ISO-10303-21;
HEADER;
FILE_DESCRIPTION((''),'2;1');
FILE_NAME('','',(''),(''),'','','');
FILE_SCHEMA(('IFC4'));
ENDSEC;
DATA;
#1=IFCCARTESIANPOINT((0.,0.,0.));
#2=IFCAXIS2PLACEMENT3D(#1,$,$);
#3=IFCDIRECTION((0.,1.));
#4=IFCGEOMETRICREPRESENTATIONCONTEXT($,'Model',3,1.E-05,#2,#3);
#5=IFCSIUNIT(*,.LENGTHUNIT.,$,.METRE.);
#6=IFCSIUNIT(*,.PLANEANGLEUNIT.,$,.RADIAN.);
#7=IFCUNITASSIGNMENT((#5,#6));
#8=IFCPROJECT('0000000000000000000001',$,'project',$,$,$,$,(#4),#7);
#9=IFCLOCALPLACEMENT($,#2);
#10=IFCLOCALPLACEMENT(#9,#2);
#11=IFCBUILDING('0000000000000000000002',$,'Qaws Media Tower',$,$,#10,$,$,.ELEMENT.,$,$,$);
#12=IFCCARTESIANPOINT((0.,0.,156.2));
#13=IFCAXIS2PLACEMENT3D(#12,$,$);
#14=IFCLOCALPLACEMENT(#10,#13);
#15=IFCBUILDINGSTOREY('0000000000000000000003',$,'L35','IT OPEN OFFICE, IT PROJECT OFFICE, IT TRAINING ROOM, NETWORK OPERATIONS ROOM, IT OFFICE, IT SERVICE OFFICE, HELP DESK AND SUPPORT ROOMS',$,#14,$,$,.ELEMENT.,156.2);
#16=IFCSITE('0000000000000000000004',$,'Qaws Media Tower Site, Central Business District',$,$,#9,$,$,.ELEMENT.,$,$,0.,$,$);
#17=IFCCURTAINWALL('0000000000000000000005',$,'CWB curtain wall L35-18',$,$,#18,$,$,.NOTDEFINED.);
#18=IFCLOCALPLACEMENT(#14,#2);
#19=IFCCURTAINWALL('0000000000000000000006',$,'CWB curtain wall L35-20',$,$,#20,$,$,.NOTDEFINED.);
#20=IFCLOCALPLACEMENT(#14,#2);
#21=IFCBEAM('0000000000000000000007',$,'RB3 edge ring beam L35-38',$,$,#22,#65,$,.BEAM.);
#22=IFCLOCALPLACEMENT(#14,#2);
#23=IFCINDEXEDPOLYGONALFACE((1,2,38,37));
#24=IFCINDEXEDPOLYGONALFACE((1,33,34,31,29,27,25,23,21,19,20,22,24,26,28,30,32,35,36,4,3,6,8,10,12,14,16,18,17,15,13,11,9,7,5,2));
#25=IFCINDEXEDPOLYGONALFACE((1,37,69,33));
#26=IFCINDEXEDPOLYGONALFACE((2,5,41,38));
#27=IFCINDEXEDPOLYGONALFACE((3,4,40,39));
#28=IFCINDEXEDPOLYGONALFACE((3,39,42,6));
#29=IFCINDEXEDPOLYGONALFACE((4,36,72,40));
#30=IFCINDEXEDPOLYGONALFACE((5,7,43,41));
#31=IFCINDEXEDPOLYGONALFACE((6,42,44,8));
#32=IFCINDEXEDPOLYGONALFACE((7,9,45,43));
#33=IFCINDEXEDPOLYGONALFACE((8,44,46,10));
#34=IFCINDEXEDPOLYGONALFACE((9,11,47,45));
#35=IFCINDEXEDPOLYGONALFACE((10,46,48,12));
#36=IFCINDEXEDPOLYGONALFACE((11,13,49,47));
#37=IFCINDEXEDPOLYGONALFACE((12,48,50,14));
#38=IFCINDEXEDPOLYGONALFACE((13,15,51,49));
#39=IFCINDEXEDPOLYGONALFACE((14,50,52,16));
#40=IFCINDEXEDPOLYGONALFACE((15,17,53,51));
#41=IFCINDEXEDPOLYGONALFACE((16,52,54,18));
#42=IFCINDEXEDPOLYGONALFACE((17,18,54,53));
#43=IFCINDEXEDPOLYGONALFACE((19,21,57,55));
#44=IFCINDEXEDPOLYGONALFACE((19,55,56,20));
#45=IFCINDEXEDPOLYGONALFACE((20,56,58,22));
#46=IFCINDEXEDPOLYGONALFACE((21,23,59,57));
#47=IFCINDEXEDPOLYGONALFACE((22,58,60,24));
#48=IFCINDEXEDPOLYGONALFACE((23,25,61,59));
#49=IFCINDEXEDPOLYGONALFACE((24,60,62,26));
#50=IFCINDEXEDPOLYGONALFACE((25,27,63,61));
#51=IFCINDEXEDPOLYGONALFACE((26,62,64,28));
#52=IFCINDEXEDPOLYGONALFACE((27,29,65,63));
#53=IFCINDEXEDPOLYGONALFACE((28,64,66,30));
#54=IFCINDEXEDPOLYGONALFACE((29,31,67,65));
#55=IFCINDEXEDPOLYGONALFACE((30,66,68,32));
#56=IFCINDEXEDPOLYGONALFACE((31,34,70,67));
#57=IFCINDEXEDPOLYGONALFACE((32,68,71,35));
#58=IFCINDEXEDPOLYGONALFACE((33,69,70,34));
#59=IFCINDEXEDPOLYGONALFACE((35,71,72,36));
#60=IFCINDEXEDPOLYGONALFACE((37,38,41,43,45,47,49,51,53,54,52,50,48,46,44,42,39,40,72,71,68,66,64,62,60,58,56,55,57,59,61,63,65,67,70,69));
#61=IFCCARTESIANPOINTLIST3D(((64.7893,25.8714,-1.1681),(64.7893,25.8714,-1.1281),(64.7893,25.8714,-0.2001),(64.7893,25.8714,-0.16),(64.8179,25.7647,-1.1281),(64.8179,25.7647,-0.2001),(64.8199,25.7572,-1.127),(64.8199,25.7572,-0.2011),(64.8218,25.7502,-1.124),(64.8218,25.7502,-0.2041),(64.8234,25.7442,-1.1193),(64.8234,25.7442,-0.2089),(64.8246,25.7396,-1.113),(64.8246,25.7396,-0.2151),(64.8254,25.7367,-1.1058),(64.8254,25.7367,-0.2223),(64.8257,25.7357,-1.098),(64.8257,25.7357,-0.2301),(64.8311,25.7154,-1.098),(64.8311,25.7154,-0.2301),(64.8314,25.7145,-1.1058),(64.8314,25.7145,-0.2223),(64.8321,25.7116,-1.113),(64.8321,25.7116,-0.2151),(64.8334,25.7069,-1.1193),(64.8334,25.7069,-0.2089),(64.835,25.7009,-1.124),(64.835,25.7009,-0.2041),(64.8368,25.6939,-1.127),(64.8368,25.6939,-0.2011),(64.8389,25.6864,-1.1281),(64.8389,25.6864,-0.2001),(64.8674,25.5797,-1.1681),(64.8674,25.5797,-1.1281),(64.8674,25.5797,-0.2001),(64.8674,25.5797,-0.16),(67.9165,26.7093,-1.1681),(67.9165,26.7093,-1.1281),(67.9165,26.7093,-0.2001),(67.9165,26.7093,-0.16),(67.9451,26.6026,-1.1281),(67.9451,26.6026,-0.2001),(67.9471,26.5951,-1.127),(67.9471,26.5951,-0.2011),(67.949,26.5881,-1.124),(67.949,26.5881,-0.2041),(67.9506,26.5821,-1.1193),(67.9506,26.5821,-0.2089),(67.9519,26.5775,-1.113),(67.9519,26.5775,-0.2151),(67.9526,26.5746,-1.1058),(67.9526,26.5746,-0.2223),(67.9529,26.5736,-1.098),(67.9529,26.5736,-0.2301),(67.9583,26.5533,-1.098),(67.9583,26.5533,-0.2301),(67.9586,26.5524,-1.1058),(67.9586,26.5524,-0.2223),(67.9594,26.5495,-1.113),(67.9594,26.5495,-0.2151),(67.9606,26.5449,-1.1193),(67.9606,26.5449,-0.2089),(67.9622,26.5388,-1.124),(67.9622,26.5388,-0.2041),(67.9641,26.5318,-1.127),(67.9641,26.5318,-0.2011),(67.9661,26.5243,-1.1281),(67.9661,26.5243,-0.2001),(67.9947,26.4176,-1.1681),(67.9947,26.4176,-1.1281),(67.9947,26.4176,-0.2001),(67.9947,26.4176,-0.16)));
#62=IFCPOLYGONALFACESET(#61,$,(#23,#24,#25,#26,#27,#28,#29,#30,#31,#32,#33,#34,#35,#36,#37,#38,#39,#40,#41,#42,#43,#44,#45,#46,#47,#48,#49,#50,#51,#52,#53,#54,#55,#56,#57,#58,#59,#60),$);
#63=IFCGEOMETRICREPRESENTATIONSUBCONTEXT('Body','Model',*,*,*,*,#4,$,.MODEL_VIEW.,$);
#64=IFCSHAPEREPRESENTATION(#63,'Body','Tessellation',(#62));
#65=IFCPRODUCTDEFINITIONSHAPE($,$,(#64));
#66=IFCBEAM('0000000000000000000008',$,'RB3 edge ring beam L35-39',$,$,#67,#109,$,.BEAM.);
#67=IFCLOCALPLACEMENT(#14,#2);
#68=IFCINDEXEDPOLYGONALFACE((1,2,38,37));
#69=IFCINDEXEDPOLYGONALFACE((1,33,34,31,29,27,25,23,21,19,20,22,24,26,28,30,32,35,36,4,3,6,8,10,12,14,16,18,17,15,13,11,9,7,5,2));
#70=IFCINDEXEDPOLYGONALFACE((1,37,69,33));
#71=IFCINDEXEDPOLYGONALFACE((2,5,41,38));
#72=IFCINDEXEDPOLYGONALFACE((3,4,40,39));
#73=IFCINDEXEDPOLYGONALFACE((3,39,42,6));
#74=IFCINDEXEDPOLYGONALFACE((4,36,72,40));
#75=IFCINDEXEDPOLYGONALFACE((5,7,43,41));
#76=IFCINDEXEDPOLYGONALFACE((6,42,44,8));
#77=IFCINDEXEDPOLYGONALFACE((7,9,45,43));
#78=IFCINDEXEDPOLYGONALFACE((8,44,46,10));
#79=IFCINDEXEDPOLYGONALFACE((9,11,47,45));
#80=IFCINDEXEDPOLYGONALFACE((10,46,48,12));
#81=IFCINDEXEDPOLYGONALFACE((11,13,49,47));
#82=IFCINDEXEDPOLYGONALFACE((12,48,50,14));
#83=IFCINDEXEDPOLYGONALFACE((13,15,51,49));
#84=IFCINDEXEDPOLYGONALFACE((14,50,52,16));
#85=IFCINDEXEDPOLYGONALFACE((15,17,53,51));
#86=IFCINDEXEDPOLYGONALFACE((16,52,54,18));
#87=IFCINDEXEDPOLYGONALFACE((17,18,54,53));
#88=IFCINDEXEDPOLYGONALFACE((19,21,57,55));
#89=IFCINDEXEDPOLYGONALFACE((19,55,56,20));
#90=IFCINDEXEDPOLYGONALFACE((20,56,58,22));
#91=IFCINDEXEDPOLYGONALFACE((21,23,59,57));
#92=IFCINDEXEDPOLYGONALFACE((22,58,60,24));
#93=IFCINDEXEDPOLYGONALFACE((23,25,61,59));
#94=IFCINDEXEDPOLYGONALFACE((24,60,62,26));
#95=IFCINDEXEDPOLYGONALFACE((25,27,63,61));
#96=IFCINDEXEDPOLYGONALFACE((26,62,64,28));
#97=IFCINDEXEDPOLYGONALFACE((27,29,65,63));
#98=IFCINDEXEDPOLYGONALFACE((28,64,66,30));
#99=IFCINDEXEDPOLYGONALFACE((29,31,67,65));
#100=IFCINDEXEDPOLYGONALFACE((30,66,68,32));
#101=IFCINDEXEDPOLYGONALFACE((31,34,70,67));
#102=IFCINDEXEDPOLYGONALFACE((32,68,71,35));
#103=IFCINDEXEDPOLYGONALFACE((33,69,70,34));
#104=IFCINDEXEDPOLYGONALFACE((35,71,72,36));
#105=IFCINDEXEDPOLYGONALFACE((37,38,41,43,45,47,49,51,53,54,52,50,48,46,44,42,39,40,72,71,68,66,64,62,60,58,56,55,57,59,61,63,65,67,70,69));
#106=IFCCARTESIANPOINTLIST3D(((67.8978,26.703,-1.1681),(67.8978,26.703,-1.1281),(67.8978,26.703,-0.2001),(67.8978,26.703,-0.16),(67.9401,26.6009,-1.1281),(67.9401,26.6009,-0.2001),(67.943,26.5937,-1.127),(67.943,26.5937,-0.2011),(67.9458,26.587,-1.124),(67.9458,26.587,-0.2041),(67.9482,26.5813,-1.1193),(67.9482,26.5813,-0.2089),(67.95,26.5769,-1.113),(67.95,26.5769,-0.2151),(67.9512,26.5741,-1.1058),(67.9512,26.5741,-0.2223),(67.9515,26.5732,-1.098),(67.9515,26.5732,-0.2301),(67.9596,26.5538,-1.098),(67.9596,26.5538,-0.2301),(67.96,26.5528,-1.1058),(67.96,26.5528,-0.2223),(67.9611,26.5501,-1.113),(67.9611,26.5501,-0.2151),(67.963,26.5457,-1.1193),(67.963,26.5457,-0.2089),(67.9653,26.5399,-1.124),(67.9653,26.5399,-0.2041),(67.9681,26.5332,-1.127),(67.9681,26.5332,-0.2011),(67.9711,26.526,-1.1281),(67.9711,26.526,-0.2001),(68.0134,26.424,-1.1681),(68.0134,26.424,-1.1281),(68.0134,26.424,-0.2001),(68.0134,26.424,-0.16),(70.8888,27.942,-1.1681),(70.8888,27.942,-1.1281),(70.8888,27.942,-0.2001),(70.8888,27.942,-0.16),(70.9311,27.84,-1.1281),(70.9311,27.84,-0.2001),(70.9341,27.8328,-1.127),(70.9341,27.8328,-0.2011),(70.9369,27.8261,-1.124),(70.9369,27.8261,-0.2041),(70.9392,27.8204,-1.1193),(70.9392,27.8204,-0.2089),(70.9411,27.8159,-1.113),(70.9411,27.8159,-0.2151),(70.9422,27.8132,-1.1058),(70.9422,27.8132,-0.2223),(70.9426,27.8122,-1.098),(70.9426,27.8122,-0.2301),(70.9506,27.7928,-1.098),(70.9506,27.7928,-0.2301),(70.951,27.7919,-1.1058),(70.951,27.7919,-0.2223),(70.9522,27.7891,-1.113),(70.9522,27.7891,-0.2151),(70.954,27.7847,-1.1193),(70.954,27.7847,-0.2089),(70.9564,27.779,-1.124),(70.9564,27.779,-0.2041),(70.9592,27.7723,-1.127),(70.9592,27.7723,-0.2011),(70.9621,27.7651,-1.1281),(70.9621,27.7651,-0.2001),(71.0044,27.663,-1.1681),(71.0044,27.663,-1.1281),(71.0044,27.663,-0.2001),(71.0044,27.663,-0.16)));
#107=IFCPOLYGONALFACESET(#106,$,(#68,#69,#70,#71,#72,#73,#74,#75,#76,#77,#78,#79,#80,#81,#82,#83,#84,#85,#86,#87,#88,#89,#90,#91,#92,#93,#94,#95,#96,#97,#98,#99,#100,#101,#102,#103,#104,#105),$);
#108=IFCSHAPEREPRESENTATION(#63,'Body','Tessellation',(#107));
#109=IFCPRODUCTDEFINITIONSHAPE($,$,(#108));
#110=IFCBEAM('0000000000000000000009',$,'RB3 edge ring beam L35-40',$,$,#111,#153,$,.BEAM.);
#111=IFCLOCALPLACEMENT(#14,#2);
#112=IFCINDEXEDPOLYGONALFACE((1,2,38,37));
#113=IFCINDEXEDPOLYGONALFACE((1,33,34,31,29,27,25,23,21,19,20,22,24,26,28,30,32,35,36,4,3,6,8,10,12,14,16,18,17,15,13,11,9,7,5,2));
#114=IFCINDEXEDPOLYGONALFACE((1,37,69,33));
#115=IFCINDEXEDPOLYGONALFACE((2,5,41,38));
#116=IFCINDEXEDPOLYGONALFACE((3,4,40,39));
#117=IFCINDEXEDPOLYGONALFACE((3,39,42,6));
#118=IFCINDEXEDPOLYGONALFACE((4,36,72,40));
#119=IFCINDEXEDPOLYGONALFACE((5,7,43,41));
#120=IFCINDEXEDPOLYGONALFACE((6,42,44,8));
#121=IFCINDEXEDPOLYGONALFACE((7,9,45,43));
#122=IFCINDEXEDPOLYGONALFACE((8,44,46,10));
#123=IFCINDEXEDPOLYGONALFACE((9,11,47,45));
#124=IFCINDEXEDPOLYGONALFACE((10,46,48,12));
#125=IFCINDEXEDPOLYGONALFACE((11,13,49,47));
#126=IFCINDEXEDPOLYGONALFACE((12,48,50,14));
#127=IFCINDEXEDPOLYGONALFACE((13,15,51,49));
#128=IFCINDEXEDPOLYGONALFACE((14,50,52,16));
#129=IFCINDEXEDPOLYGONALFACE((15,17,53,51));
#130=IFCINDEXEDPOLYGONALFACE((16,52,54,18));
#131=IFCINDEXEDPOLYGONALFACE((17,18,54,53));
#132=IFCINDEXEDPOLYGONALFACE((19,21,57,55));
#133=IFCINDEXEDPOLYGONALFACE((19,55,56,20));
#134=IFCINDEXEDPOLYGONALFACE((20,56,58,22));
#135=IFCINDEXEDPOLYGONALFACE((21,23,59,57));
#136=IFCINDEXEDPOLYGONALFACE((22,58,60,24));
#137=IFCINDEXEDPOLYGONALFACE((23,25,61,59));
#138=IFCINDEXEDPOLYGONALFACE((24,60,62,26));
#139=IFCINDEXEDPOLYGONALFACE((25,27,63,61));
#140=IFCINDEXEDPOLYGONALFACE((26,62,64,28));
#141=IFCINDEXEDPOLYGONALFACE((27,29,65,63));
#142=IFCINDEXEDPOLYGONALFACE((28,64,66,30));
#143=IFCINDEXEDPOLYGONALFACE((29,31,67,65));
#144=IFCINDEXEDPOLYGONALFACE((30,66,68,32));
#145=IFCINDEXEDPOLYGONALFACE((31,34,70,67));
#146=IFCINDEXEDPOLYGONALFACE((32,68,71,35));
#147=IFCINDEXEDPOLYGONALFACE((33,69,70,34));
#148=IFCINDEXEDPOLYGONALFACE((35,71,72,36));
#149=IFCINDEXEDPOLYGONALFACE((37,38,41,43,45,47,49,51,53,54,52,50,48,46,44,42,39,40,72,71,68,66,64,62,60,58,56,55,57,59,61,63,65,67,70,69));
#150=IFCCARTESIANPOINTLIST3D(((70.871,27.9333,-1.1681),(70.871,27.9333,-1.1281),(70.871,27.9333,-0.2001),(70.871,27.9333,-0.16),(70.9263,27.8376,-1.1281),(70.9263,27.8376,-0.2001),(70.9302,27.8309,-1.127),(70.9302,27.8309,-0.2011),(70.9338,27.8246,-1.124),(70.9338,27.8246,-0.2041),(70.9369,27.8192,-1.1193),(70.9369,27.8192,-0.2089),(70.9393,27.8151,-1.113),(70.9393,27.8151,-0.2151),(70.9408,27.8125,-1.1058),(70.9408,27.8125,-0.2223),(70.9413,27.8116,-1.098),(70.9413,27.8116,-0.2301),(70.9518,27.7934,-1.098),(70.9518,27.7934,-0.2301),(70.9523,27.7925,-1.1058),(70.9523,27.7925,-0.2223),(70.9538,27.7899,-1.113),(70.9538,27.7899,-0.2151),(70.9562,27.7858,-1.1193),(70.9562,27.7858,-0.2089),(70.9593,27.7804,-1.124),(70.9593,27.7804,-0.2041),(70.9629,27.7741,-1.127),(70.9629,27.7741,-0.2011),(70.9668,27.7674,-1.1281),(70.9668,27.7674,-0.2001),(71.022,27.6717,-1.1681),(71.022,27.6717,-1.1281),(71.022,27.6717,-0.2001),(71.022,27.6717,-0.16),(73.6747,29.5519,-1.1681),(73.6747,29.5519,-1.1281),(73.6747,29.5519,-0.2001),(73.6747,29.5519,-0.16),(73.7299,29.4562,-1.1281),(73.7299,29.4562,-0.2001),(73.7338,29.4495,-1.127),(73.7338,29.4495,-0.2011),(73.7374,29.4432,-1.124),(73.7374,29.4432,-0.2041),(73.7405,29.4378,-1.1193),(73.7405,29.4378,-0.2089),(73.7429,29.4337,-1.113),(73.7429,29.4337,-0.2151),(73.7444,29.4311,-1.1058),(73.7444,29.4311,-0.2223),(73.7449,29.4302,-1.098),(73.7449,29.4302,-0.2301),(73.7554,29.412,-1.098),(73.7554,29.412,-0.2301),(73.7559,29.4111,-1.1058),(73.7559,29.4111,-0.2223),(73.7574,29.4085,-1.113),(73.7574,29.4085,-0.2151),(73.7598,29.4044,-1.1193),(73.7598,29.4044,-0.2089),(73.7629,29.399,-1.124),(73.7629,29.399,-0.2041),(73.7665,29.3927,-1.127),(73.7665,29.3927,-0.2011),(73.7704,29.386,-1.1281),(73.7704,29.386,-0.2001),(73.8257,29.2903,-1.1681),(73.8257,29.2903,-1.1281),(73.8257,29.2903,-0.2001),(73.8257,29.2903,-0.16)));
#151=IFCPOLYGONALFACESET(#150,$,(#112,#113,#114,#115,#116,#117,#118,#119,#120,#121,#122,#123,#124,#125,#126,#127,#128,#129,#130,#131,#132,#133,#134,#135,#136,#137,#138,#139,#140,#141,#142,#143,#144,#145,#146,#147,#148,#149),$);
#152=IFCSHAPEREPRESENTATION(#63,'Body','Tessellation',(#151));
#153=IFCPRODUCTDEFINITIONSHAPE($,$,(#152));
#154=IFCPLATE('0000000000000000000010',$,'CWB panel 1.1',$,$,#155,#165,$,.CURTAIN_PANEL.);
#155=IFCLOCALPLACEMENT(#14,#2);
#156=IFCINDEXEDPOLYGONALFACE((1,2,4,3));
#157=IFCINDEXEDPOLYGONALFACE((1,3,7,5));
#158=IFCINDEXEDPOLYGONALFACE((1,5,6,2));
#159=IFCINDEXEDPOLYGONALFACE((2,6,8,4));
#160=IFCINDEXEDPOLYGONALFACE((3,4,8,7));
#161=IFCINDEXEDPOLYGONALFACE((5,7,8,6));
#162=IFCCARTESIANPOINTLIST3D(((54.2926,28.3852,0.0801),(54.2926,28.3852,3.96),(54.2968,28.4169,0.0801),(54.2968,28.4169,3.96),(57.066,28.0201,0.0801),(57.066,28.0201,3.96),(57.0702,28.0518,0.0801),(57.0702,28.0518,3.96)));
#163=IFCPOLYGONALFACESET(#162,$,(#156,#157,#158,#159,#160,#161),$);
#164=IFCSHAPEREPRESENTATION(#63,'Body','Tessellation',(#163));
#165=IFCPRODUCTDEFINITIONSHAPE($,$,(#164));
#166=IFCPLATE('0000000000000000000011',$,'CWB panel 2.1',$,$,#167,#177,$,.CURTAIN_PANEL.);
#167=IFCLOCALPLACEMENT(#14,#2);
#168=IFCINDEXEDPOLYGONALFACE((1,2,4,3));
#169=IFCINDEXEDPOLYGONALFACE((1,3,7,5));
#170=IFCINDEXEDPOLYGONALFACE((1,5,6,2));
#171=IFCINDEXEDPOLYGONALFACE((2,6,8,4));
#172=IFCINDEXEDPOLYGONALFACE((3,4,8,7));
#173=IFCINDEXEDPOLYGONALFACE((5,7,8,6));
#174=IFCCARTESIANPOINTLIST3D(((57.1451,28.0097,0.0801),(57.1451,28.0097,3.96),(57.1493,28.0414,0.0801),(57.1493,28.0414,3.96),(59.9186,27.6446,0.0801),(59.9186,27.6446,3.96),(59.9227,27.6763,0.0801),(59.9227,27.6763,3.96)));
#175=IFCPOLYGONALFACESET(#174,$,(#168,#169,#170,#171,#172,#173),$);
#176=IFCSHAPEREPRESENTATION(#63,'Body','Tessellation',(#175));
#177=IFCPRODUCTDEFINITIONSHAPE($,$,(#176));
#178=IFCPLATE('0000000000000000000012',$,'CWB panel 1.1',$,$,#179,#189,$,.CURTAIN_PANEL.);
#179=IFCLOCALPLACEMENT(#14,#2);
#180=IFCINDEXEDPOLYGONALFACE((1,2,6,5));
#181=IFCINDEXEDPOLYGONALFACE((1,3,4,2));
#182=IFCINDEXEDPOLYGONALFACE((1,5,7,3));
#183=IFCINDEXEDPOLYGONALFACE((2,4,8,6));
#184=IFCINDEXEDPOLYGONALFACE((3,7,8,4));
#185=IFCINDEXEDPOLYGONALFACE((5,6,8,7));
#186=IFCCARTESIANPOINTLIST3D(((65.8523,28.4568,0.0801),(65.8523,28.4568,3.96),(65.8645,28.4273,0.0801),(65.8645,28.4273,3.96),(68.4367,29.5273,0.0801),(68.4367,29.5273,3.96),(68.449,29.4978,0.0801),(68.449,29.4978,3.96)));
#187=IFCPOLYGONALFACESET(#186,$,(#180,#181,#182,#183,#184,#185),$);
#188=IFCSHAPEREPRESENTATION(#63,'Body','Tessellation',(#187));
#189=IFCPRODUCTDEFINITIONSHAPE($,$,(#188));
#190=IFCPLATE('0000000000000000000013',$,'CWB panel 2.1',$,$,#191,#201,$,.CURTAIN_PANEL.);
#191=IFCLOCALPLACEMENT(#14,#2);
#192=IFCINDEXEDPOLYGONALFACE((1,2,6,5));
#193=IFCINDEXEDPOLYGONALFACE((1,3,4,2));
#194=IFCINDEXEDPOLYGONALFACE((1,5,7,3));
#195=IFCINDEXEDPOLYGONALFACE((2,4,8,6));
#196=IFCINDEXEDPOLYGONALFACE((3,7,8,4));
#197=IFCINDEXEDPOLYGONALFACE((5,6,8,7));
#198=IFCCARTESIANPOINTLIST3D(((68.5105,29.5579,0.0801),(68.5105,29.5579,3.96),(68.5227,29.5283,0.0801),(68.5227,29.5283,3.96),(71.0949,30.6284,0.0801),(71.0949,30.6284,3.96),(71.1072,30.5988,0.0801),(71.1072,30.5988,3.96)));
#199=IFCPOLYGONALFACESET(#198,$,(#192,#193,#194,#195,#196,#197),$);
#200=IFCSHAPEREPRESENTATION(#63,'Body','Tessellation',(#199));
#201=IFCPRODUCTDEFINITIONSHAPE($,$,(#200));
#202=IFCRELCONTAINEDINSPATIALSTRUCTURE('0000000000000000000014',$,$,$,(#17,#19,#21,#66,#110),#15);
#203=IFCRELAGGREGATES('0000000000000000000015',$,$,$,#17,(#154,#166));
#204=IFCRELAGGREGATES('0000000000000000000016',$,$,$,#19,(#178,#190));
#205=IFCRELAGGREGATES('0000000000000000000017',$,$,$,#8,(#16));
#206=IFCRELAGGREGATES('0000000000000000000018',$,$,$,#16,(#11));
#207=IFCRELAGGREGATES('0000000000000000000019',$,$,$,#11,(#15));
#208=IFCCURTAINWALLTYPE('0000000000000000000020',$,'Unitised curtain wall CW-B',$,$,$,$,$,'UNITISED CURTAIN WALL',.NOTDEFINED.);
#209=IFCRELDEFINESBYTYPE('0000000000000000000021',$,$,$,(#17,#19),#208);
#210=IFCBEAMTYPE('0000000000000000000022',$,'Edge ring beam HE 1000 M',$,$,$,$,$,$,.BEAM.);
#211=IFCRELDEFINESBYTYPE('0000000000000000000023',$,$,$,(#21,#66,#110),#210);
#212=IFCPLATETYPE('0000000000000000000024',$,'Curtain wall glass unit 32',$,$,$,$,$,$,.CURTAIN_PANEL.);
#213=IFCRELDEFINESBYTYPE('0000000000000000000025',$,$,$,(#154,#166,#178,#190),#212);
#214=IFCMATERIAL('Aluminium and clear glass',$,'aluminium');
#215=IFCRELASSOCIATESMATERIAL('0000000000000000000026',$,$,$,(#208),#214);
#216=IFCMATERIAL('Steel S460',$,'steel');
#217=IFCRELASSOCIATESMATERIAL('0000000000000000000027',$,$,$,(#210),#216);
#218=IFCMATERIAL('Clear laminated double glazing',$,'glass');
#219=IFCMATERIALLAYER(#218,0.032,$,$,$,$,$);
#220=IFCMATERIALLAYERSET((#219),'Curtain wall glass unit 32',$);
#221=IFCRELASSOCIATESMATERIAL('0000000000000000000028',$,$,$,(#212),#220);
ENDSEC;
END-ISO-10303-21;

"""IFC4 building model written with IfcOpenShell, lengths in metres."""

from ifc_helpers import new_model, si_unit, direction, frame, origin, origin_2d, place, context, subcontext, project, spatial, rectangle, i_section, extrude, material, layer, layer_set, material_profile, profile_set, type_object, element, aggregate, save


model = new_model("IFC4")

# Units and contexts
model_context = context("Model", 3, precision=1e-05, world=origin(), true_north=direction((0.0, 1.0)))
body_context = subcontext(model_context, "Body", "Model", "MODEL_VIEW")
ifc_project = project(units=[si_unit("LENGTHUNIT", "METRE"), si_unit("PLANEANGLEUNIT", "RADIAN")], contexts=[model_context])

# Site, building, storey
site_placement = place(None, origin())
site = spatial("IfcSite", under=ifc_project, at=site_placement, Name="Qaws Media Tower Site, Central Business District", CompositionType="ELEMENT", RefElevation=0.0)
building_placement = place(site_placement, origin())
building = spatial("IfcBuilding", under=site, at=building_placement, Name="Qaws Media Tower", CompositionType="ELEMENT")
storey_placement = place(building_placement, frame((0.0, 0.0, 156.2)))
storey = spatial("IfcBuildingStorey", under=building, at=storey_placement, Name="L35", Description="IT OPEN OFFICE, IT PROJECT OFFICE, IT TRAINING ROOM, NETWORK OPERATIONS ROOM, IT OFFICE, IT SERVICE OFFICE, HELP DESK AND SUPPORT ROOMS", CompositionType="ELEMENT", Elevation=156.2)

# Curtain walls
ifc_material_1 = material(Name="Aluminium and clear glass", Category="aluminium")
curtain_wall_type = type_object("IfcCurtainWallType", Name="Unitised curtain wall CW-B", ElementType="UNITISED CURTAIN WALL", PredefinedType="NOTDEFINED", material=ifc_material_1)
curtain_wall_1_placement = place(storey_placement, origin())
curtain_wall_1 = element("IfcCurtainWall", 1, at=curtain_wall_1_placement, inside=storey, type_object=curtain_wall_type, Name="CWB curtain wall L35-18", PredefinedType="NOTDEFINED")
curtain_wall_2_placement = place(storey_placement, origin())
curtain_wall_2 = element("IfcCurtainWall", 2, at=curtain_wall_2_placement, inside=storey, type_object=curtain_wall_type, Name="CWB curtain wall L35-20", PredefinedType="NOTDEFINED")

# Beams
ifc_material_2 = material(Name="Steel S460", Category="steel")
ifc_material_profile_1 = material_profile(ifc_material_2, i_section(OverallWidth=0.302, OverallDepth=1.0081, WebThickness=0.021, FlangeThickness=0.04, FilletRadius=0.03, at=origin_2d()), Name="HE 1000 M")
ifc_profile_set_1 = profile_set([ifc_material_profile_1], Name="Steel S460")
beam_type = type_object("IfcBeamType", Name="Edge ring beam HE 1000 M", PredefinedType="BEAM", material=ifc_profile_set_1)
for number, where, z_axis, x_axis, name in (
    (3, (64.8284, 25.7256, -0.6641), (0.965929, 0.258808, 0.0), (-0.258808, 0.965929, 0.0), "RB3 edge ring beam L35-38"),
    (4, (67.9556, 26.5635, -0.6641), (0.923867, 0.382714, 0.0), (-0.382714, 0.923867, 0.0), "RB3 edge ring beam L35-39"),
):
    element("IfcBeam", number, at=place(storey_placement, frame(where, z_axis=z_axis, x_axis=x_axis)), inside=storey, type_object=beam_type, Name=name, PredefinedType="BEAM", context=body_context, shape_type="SweptSolid", body=[
        extrude(i_section(OverallWidth=0.302, OverallDepth=1.0081, WebThickness=0.021, FlangeThickness=0.04, FilletRadius=0.03, at=origin_2d()), origin(), (0.0, 0.0, 1.0), 3.2375),
    ])
beam_placement = place(storey_placement, frame((70.9465, 27.8025, -0.6641), z_axis=(0.866035, 0.499984, 0.0), x_axis=(-0.499984, 0.866035, 0.0)))
element("IfcBeam", 5, at=beam_placement, inside=storey, type_object=beam_type, Name="RB3 edge ring beam L35-40", PredefinedType="BEAM", context=body_context, shape_type="SweptSolid", body=[
    extrude(i_section(OverallWidth=0.302, OverallDepth=1.0081, WebThickness=0.021, FlangeThickness=0.04, FilletRadius=0.03, at=origin_2d()), origin(), (0.0, 0.0, 1.0), 3.2373),
])

# Plates
ifc_material_3 = material(Name="Clear laminated double glazing", Category="glass")
ifc_layer_1 = layer(ifc_material_3, 0.032)
ifc_layer_set_1 = layer_set([ifc_layer_1], Name="Curtain wall glass unit 32")
plate_type_1 = type_object("IfcPlateType", Name="Curtain wall glass unit 32", PredefinedType="CURTAIN_PANEL", material=ifc_layer_set_1)
plate_1_placement = place(storey_placement, frame((55.6814, 28.2185, 0.0801), z_axis=(0.0, 0.0, 1.0), x_axis=(0.991445, -0.130526, 0.0)))
plate_1 = element("IfcPlate", 6, at=plate_1_placement, type_object=plate_type_1, Name="CWB panel 1.1", PredefinedType="CURTAIN_PANEL", context=body_context, shape_type="SweptSolid", body=[
    extrude(rectangle(XDim=2.7974, YDim=0.032, at=origin_2d()), origin(), (0.0, 0.0, 1.0), 3.8799),
])
plate_2_placement = place(storey_placement, frame((58.5339, 27.843, 0.0801), z_axis=(0.0, 0.0, 1.0), x_axis=(0.991445, -0.130526, 0.0)))
plate_2 = element("IfcPlate", 7, at=plate_2_placement, type_object=plate_type_1, Name="CWB panel 2.1", PredefinedType="CURTAIN_PANEL", context=body_context, shape_type="SweptSolid", body=[
    extrude(rectangle(XDim=2.7974, YDim=0.032, at=origin_2d()), origin(), (0.0, 0.0, 1.0), 3.8799),
])
aggregate(curtain_wall_1, [plate_1, plate_2])
plate_3_placement = place(storey_placement, frame((67.1506, 28.9773, 0.0801), z_axis=(0.0, 0.0, 1.0), x_axis=(0.92388, 0.382683, 0.0)))
plate_3 = element("IfcPlate", 8, at=plate_3_placement, type_object=plate_type_1, Name="CWB panel 1.1", PredefinedType="CURTAIN_PANEL", context=body_context, shape_type="SweptSolid", body=[
    extrude(rectangle(XDim=2.7974, YDim=0.032, at=origin_2d()), origin(), (0.0, 0.0, 1.0), 3.8799),
])
plate_4_placement = place(storey_placement, frame((69.8088, 30.0784, 0.0801), z_axis=(0.0, 0.0, 1.0), x_axis=(0.92388, 0.382683, 0.0)))
plate_4 = element("IfcPlate", 9, at=plate_4_placement, type_object=plate_type_1, Name="CWB panel 2.1", PredefinedType="CURTAIN_PANEL", context=body_context, shape_type="SweptSolid", body=[
    extrude(rectangle(XDim=2.7974, YDim=0.032, at=origin_2d()), origin(), (0.0, 0.0, 1.0), 3.8799),
])
aggregate(curtain_wall_2, [plate_3, plate_4])

save(model, "model.ifc")
